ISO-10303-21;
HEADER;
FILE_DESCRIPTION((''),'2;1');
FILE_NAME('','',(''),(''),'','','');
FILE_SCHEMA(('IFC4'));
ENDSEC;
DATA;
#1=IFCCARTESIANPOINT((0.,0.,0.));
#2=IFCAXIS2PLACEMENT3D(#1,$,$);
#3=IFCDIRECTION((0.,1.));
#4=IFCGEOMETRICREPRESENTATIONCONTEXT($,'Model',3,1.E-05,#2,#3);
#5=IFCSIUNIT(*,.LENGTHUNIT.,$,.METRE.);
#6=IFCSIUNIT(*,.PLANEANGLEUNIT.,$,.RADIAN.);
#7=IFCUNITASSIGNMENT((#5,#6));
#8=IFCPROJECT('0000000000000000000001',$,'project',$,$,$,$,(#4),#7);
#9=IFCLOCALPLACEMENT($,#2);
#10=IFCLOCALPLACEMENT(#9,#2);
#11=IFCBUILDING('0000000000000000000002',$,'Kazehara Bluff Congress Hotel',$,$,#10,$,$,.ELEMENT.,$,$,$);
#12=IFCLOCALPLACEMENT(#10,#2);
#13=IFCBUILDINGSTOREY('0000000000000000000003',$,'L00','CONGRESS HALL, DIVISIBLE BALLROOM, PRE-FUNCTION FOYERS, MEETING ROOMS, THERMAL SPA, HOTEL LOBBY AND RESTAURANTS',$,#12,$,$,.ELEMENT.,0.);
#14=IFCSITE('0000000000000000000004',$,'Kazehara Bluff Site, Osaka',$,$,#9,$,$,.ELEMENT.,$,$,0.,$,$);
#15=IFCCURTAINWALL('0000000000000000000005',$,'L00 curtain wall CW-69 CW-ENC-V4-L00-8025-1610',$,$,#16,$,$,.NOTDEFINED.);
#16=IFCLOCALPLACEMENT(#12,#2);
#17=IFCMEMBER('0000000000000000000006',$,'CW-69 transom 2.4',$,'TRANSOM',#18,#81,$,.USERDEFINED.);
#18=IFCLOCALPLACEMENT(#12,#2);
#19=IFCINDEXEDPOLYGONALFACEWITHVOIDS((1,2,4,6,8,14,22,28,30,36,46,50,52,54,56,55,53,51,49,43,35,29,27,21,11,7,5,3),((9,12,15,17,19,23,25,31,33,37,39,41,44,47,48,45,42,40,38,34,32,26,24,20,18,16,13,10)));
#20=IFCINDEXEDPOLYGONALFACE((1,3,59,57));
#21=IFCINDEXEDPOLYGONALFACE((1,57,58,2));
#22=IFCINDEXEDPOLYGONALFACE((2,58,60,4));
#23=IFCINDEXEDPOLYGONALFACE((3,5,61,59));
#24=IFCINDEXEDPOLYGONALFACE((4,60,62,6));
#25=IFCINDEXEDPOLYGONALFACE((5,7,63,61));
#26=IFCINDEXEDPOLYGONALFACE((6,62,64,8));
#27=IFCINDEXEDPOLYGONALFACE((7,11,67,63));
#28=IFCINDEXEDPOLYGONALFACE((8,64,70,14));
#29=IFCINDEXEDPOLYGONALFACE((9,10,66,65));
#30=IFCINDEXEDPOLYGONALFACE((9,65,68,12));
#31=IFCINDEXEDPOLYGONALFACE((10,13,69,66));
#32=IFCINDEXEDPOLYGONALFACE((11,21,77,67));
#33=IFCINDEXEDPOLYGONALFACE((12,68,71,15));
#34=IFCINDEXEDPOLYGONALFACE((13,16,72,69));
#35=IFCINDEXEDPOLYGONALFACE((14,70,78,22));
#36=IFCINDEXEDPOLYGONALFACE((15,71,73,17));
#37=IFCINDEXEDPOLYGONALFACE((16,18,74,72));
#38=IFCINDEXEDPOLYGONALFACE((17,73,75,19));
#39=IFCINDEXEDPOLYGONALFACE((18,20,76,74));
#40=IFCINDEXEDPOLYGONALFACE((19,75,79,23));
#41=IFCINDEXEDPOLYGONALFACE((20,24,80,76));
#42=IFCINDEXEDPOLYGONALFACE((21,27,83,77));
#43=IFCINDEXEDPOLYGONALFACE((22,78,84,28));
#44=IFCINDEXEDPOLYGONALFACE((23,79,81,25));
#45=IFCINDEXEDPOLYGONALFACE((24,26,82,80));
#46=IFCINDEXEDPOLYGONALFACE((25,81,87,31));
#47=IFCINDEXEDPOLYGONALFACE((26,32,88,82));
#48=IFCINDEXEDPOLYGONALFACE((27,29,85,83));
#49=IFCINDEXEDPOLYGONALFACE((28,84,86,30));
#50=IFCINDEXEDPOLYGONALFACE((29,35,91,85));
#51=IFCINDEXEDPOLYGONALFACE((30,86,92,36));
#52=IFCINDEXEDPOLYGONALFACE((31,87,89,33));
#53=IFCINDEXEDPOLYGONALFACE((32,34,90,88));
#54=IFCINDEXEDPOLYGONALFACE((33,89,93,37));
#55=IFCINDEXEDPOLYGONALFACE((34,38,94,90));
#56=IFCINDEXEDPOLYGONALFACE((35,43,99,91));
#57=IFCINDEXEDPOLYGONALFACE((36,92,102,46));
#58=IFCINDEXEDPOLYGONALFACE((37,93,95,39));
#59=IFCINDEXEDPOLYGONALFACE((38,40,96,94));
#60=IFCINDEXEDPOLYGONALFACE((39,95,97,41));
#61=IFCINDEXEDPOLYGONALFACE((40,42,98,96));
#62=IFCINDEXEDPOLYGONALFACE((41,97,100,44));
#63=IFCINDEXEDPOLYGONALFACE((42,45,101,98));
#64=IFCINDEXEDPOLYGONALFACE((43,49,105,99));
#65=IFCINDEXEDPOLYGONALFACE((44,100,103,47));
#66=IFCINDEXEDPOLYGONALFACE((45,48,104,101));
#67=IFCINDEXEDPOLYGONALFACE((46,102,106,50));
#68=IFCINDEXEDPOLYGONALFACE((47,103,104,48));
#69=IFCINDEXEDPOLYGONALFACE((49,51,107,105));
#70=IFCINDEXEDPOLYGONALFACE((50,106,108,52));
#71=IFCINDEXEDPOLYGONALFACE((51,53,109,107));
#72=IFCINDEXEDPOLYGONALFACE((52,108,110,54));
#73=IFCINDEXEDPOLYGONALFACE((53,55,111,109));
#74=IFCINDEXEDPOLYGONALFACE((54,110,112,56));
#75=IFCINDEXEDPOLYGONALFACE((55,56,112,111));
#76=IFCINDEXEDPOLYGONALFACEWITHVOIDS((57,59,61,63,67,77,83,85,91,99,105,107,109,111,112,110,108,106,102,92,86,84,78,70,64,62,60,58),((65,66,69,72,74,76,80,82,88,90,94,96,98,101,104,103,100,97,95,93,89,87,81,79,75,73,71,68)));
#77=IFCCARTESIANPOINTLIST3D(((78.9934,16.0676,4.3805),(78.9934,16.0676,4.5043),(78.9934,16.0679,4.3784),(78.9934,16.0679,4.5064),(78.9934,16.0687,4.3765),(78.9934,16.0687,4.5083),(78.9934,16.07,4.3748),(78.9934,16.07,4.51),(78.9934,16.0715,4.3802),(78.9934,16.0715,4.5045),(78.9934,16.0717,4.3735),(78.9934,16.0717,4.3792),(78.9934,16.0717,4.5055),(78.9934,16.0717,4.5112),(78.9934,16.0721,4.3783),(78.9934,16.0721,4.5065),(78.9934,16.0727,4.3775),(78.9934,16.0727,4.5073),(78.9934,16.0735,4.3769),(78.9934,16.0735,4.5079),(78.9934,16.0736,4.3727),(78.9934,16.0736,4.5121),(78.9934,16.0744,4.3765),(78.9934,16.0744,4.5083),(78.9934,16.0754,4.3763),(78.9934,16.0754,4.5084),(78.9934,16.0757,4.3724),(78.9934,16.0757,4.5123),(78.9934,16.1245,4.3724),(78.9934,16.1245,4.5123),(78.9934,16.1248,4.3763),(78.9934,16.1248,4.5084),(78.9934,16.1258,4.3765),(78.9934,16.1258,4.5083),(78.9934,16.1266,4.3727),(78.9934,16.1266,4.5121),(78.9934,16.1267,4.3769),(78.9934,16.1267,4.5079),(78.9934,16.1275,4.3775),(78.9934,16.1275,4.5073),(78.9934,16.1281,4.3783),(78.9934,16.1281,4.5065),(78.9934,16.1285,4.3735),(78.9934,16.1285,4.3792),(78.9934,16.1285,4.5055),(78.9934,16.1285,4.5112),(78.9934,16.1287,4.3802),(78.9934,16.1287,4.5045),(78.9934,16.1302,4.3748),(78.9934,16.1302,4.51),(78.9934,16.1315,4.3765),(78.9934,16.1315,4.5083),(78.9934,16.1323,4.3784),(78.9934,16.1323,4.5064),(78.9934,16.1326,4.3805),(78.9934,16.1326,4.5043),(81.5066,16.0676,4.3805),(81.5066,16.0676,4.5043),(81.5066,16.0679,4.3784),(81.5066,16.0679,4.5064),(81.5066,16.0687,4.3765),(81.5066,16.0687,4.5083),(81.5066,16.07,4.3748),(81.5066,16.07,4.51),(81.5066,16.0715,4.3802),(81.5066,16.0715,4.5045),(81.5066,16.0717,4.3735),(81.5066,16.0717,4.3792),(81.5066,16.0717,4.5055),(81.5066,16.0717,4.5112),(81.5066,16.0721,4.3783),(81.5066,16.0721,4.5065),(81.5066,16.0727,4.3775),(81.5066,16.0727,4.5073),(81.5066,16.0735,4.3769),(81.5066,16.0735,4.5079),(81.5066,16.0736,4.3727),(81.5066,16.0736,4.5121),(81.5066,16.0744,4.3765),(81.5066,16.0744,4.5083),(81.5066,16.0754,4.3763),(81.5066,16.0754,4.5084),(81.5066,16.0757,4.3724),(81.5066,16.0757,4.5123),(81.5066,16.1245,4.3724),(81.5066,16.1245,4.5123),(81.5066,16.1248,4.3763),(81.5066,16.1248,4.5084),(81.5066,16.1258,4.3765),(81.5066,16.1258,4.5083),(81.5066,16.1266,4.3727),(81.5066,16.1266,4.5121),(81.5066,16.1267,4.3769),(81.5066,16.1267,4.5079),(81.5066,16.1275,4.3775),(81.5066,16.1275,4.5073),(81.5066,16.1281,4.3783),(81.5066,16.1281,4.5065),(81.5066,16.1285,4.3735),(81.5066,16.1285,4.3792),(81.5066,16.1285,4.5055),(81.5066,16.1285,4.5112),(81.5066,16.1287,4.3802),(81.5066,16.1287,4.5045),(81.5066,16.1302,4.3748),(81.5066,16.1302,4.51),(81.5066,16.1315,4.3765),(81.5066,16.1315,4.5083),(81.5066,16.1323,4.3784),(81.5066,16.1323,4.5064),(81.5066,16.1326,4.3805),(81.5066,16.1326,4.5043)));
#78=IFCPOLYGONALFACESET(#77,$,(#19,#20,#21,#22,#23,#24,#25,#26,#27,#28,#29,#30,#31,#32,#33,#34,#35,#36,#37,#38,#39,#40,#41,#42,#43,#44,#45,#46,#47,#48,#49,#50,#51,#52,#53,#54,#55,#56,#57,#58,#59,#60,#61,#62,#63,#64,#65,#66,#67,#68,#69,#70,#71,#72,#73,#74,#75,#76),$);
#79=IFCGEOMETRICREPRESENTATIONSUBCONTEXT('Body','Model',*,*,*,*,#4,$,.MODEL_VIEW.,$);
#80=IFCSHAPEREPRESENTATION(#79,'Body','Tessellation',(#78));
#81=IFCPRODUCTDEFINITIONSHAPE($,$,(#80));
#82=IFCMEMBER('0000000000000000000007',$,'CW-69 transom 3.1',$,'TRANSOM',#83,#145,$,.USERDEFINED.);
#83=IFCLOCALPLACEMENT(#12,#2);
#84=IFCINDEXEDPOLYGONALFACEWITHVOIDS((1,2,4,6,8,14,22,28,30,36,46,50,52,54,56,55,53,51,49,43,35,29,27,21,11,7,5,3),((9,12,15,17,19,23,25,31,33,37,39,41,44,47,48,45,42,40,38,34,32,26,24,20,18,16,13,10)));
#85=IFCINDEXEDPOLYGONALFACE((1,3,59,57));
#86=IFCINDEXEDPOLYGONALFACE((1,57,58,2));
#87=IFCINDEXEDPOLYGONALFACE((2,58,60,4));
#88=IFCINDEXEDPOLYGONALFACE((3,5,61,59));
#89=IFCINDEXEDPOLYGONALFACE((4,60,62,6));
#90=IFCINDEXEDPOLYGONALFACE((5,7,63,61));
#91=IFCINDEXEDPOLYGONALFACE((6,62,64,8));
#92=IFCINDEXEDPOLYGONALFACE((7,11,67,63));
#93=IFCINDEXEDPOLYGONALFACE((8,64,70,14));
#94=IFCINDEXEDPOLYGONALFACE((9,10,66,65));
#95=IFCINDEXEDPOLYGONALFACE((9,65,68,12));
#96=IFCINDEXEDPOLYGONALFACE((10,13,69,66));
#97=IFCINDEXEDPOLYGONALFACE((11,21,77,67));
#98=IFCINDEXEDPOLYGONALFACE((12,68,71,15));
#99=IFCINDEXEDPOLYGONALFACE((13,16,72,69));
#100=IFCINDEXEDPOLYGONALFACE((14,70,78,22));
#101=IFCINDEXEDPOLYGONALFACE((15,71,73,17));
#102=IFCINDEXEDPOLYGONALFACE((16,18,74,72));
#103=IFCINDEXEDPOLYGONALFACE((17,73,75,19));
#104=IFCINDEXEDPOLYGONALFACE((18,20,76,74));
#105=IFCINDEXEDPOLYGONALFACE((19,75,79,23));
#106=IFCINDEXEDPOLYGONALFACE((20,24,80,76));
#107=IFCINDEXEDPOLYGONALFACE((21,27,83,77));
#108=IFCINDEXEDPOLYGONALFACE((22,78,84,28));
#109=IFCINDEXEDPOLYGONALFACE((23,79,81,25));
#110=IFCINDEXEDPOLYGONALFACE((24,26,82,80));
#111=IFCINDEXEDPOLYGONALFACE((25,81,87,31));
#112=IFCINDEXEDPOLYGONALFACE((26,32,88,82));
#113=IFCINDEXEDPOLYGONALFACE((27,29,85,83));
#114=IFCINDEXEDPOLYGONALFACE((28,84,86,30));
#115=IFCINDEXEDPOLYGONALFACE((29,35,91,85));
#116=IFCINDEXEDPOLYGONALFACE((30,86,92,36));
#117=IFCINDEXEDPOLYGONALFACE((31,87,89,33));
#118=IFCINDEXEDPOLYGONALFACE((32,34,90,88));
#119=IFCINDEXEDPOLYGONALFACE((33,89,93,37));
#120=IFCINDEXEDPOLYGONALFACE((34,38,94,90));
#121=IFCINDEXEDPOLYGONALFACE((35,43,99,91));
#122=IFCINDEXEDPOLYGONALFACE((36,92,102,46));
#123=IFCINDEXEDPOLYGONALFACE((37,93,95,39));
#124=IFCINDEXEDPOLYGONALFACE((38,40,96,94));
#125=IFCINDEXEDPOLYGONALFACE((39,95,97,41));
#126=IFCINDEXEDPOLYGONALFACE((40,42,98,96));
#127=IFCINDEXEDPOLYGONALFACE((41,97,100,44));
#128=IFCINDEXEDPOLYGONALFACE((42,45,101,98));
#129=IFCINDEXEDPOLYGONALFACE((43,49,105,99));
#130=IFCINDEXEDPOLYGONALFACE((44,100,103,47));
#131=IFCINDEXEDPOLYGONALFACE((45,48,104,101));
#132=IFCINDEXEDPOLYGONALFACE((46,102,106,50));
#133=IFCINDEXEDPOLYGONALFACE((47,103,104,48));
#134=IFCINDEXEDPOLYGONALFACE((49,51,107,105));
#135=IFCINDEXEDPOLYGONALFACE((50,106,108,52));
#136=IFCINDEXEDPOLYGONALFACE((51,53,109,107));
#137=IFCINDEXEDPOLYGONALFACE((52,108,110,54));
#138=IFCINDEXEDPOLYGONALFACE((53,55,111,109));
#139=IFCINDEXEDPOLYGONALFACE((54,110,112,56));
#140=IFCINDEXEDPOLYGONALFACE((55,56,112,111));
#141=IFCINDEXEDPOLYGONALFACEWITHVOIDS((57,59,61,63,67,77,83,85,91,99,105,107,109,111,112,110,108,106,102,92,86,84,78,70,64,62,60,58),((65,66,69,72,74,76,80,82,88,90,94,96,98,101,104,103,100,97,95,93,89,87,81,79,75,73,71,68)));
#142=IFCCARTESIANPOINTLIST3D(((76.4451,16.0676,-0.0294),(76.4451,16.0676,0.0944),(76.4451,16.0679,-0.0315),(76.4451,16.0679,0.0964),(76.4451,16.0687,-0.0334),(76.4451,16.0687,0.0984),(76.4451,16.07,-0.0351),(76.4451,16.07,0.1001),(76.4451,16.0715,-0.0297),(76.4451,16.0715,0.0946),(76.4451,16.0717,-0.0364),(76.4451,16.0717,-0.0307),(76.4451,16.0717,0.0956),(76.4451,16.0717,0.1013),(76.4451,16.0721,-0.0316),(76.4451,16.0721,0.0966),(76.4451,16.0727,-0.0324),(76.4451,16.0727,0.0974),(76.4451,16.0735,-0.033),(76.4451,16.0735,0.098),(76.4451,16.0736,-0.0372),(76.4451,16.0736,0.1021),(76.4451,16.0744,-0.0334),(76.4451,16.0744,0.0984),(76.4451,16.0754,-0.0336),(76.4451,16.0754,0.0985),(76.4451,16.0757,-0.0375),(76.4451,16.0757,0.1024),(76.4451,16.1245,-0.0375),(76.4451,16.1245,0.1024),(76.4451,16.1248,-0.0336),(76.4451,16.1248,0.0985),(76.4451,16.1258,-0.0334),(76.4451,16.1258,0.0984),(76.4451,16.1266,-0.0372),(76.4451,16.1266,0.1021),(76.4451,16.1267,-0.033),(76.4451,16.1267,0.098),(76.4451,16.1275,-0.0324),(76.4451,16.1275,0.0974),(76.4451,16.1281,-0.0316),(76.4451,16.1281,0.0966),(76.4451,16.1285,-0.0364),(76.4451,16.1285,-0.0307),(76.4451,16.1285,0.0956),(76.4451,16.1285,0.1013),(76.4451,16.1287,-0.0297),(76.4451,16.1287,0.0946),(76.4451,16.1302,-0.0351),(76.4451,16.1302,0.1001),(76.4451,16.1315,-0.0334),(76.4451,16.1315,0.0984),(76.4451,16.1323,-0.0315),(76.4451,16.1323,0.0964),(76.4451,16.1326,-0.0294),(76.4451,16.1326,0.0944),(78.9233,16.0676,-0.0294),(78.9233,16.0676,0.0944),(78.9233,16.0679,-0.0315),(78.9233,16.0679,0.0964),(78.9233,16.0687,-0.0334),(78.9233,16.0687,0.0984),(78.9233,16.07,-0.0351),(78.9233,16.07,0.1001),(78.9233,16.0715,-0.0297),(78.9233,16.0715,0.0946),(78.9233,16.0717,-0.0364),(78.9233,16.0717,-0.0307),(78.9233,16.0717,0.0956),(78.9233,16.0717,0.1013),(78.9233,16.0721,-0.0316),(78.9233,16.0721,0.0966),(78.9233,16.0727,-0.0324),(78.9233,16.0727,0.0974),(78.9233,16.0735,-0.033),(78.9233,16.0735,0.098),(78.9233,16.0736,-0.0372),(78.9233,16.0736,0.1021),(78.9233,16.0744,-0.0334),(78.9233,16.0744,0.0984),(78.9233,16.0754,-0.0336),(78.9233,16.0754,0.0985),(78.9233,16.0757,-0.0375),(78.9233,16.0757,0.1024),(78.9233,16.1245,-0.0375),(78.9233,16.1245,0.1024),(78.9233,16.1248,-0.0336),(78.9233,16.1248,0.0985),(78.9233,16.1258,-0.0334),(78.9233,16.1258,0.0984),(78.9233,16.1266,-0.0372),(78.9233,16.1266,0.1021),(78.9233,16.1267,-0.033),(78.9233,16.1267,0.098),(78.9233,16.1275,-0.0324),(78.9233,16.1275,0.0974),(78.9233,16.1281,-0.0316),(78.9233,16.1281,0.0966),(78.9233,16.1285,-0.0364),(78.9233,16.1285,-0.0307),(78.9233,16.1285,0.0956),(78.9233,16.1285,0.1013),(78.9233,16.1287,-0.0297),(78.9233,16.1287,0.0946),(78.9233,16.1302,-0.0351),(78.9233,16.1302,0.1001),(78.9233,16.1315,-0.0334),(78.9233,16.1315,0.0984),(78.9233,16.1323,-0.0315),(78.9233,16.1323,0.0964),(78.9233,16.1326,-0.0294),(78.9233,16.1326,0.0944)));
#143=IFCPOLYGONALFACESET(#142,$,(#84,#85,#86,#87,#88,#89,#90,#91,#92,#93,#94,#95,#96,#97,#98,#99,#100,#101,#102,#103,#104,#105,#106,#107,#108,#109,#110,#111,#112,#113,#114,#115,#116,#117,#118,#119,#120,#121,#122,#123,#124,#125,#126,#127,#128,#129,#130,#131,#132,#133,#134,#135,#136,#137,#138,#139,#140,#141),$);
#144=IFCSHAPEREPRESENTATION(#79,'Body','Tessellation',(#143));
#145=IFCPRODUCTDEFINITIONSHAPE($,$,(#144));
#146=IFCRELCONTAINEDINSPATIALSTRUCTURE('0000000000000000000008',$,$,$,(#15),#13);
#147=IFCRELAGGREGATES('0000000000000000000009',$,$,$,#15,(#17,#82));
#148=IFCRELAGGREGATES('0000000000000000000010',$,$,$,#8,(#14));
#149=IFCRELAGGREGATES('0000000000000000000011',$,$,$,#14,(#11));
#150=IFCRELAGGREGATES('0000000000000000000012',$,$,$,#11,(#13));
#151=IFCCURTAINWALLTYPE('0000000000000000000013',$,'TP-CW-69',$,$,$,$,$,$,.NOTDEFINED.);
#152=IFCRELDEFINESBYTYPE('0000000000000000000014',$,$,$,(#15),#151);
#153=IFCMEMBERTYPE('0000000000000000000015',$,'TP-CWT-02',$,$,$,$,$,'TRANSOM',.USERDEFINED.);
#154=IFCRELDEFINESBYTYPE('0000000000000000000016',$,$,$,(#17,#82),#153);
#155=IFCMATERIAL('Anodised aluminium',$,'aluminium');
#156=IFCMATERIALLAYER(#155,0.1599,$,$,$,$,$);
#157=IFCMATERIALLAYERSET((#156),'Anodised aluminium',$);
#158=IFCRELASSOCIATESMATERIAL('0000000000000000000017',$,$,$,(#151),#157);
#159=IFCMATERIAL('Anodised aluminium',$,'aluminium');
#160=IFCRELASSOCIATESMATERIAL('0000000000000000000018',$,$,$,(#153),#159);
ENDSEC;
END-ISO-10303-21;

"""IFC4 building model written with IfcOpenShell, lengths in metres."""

from ifc_helpers import new_model, si_unit, direction, frame, origin, origin_2d, place, context, subcontext, project, spatial, hollow_rectangle, extrude, material, layer, layer_set, material_profile, profile_set, type_object, element, aggregate, save


model = new_model("IFC4")

# Units and contexts
model_context = context("Model", 3, precision=1e-05, world=origin(), true_north=direction((0.0, 1.0)))
body_context = subcontext(model_context, "Body", "Model", "MODEL_VIEW")
ifc_project = project(units=[si_unit("LENGTHUNIT", "METRE"), si_unit("PLANEANGLEUNIT", "RADIAN")], contexts=[model_context])

# Site, building, storey
site_placement = place(None, origin())
site = spatial("IfcSite", under=ifc_project, at=site_placement, Name="Kazehara Bluff Site, Osaka", CompositionType="ELEMENT", RefElevation=0.0)
building_placement = place(site_placement, origin())
building = spatial("IfcBuilding", under=site, at=building_placement, Name="Kazehara Bluff Congress Hotel", CompositionType="ELEMENT")
storey_placement = place(building_placement, origin())
storey = spatial("IfcBuildingStorey", under=building, at=storey_placement, Name="L00", Description="CONGRESS HALL, DIVISIBLE BALLROOM, PRE-FUNCTION FOYERS, MEETING ROOMS, THERMAL SPA, HOTEL LOBBY AND RESTAURANTS", CompositionType="ELEMENT", Elevation=0.0)

# Curtain wall, members
ifc_material_1 = material(Name="Anodised aluminium", Category="aluminium")
ifc_layer_1 = layer(ifc_material_1, 0.1599)
ifc_layer_set_1 = layer_set([ifc_layer_1], Name="Anodised aluminium")
curtain_wall_type_1 = type_object("IfcCurtainWallType", Name="TP-CW-69", PredefinedType="NOTDEFINED", material=ifc_layer_set_1)
curtain_wall_1_placement = place(storey_placement, origin())
curtain_wall_1 = element("IfcCurtainWall", 1, at=curtain_wall_1_placement, inside=storey, type_object=curtain_wall_type_1, Name="L00 curtain wall CW-69 CW-ENC-V4-L00-8025-1610", PredefinedType="NOTDEFINED")
ifc_material_2 = material(Name="Anodised aluminium", Category="aluminium")
ifc_material_profile_1 = material_profile(ifc_material_2, hollow_rectangle(XDim=0.0649, YDim=0.1399, WallThickness=0.0039, InnerFilletRadius=0.0039, OuterFilletRadius=0.0081, at=origin_2d()))
ifc_profile_set_1 = profile_set([ifc_material_profile_1], Name="Anodised aluminium")
member_type_1 = type_object("IfcMemberType", Name="TP-CWT-02", ElementType="TRANSOM", PredefinedType="USERDEFINED", material=ifc_profile_set_1)
member_1_placement = place(storey_placement, frame((81.5066, 16.1001, 4.4424), z_axis=(-1.0, 0.0, 0.0), x_axis=(0.0, -1.0, 0.0)))
member_1 = element("IfcMember", 2, at=member_1_placement, type_object=member_type_1, Name="CW-69 transom 2.4", ObjectType="TRANSOM", PredefinedType="USERDEFINED", context=body_context, shape_type="SweptSolid", body=[
    extrude(hollow_rectangle(XDim=0.0649, YDim=0.1399, WallThickness=0.0039, InnerFilletRadius=0.0039, OuterFilletRadius=0.0081, at=origin_2d()), origin(), (0.0, 0.0, 1.0), 2.5132),
])
member_2_placement = place(storey_placement, frame((78.9233, 16.1001, 0.0325), z_axis=(-1.0, 0.0, 0.0), x_axis=(0.0, -1.0, 0.0)))
member_2 = element("IfcMember", 3, at=member_2_placement, type_object=member_type_1, Name="CW-69 transom 3.1", ObjectType="TRANSOM", PredefinedType="USERDEFINED", context=body_context, shape_type="SweptSolid", body=[
    extrude(hollow_rectangle(XDim=0.0649, YDim=0.1399, WallThickness=0.0039, InnerFilletRadius=0.0039, OuterFilletRadius=0.0081, at=origin_2d()), origin(), (0.0, 0.0, 1.0), 2.4783),
])

aggregate(curtain_wall_1, [member_1, member_2])

save(model, "model.ifc")
